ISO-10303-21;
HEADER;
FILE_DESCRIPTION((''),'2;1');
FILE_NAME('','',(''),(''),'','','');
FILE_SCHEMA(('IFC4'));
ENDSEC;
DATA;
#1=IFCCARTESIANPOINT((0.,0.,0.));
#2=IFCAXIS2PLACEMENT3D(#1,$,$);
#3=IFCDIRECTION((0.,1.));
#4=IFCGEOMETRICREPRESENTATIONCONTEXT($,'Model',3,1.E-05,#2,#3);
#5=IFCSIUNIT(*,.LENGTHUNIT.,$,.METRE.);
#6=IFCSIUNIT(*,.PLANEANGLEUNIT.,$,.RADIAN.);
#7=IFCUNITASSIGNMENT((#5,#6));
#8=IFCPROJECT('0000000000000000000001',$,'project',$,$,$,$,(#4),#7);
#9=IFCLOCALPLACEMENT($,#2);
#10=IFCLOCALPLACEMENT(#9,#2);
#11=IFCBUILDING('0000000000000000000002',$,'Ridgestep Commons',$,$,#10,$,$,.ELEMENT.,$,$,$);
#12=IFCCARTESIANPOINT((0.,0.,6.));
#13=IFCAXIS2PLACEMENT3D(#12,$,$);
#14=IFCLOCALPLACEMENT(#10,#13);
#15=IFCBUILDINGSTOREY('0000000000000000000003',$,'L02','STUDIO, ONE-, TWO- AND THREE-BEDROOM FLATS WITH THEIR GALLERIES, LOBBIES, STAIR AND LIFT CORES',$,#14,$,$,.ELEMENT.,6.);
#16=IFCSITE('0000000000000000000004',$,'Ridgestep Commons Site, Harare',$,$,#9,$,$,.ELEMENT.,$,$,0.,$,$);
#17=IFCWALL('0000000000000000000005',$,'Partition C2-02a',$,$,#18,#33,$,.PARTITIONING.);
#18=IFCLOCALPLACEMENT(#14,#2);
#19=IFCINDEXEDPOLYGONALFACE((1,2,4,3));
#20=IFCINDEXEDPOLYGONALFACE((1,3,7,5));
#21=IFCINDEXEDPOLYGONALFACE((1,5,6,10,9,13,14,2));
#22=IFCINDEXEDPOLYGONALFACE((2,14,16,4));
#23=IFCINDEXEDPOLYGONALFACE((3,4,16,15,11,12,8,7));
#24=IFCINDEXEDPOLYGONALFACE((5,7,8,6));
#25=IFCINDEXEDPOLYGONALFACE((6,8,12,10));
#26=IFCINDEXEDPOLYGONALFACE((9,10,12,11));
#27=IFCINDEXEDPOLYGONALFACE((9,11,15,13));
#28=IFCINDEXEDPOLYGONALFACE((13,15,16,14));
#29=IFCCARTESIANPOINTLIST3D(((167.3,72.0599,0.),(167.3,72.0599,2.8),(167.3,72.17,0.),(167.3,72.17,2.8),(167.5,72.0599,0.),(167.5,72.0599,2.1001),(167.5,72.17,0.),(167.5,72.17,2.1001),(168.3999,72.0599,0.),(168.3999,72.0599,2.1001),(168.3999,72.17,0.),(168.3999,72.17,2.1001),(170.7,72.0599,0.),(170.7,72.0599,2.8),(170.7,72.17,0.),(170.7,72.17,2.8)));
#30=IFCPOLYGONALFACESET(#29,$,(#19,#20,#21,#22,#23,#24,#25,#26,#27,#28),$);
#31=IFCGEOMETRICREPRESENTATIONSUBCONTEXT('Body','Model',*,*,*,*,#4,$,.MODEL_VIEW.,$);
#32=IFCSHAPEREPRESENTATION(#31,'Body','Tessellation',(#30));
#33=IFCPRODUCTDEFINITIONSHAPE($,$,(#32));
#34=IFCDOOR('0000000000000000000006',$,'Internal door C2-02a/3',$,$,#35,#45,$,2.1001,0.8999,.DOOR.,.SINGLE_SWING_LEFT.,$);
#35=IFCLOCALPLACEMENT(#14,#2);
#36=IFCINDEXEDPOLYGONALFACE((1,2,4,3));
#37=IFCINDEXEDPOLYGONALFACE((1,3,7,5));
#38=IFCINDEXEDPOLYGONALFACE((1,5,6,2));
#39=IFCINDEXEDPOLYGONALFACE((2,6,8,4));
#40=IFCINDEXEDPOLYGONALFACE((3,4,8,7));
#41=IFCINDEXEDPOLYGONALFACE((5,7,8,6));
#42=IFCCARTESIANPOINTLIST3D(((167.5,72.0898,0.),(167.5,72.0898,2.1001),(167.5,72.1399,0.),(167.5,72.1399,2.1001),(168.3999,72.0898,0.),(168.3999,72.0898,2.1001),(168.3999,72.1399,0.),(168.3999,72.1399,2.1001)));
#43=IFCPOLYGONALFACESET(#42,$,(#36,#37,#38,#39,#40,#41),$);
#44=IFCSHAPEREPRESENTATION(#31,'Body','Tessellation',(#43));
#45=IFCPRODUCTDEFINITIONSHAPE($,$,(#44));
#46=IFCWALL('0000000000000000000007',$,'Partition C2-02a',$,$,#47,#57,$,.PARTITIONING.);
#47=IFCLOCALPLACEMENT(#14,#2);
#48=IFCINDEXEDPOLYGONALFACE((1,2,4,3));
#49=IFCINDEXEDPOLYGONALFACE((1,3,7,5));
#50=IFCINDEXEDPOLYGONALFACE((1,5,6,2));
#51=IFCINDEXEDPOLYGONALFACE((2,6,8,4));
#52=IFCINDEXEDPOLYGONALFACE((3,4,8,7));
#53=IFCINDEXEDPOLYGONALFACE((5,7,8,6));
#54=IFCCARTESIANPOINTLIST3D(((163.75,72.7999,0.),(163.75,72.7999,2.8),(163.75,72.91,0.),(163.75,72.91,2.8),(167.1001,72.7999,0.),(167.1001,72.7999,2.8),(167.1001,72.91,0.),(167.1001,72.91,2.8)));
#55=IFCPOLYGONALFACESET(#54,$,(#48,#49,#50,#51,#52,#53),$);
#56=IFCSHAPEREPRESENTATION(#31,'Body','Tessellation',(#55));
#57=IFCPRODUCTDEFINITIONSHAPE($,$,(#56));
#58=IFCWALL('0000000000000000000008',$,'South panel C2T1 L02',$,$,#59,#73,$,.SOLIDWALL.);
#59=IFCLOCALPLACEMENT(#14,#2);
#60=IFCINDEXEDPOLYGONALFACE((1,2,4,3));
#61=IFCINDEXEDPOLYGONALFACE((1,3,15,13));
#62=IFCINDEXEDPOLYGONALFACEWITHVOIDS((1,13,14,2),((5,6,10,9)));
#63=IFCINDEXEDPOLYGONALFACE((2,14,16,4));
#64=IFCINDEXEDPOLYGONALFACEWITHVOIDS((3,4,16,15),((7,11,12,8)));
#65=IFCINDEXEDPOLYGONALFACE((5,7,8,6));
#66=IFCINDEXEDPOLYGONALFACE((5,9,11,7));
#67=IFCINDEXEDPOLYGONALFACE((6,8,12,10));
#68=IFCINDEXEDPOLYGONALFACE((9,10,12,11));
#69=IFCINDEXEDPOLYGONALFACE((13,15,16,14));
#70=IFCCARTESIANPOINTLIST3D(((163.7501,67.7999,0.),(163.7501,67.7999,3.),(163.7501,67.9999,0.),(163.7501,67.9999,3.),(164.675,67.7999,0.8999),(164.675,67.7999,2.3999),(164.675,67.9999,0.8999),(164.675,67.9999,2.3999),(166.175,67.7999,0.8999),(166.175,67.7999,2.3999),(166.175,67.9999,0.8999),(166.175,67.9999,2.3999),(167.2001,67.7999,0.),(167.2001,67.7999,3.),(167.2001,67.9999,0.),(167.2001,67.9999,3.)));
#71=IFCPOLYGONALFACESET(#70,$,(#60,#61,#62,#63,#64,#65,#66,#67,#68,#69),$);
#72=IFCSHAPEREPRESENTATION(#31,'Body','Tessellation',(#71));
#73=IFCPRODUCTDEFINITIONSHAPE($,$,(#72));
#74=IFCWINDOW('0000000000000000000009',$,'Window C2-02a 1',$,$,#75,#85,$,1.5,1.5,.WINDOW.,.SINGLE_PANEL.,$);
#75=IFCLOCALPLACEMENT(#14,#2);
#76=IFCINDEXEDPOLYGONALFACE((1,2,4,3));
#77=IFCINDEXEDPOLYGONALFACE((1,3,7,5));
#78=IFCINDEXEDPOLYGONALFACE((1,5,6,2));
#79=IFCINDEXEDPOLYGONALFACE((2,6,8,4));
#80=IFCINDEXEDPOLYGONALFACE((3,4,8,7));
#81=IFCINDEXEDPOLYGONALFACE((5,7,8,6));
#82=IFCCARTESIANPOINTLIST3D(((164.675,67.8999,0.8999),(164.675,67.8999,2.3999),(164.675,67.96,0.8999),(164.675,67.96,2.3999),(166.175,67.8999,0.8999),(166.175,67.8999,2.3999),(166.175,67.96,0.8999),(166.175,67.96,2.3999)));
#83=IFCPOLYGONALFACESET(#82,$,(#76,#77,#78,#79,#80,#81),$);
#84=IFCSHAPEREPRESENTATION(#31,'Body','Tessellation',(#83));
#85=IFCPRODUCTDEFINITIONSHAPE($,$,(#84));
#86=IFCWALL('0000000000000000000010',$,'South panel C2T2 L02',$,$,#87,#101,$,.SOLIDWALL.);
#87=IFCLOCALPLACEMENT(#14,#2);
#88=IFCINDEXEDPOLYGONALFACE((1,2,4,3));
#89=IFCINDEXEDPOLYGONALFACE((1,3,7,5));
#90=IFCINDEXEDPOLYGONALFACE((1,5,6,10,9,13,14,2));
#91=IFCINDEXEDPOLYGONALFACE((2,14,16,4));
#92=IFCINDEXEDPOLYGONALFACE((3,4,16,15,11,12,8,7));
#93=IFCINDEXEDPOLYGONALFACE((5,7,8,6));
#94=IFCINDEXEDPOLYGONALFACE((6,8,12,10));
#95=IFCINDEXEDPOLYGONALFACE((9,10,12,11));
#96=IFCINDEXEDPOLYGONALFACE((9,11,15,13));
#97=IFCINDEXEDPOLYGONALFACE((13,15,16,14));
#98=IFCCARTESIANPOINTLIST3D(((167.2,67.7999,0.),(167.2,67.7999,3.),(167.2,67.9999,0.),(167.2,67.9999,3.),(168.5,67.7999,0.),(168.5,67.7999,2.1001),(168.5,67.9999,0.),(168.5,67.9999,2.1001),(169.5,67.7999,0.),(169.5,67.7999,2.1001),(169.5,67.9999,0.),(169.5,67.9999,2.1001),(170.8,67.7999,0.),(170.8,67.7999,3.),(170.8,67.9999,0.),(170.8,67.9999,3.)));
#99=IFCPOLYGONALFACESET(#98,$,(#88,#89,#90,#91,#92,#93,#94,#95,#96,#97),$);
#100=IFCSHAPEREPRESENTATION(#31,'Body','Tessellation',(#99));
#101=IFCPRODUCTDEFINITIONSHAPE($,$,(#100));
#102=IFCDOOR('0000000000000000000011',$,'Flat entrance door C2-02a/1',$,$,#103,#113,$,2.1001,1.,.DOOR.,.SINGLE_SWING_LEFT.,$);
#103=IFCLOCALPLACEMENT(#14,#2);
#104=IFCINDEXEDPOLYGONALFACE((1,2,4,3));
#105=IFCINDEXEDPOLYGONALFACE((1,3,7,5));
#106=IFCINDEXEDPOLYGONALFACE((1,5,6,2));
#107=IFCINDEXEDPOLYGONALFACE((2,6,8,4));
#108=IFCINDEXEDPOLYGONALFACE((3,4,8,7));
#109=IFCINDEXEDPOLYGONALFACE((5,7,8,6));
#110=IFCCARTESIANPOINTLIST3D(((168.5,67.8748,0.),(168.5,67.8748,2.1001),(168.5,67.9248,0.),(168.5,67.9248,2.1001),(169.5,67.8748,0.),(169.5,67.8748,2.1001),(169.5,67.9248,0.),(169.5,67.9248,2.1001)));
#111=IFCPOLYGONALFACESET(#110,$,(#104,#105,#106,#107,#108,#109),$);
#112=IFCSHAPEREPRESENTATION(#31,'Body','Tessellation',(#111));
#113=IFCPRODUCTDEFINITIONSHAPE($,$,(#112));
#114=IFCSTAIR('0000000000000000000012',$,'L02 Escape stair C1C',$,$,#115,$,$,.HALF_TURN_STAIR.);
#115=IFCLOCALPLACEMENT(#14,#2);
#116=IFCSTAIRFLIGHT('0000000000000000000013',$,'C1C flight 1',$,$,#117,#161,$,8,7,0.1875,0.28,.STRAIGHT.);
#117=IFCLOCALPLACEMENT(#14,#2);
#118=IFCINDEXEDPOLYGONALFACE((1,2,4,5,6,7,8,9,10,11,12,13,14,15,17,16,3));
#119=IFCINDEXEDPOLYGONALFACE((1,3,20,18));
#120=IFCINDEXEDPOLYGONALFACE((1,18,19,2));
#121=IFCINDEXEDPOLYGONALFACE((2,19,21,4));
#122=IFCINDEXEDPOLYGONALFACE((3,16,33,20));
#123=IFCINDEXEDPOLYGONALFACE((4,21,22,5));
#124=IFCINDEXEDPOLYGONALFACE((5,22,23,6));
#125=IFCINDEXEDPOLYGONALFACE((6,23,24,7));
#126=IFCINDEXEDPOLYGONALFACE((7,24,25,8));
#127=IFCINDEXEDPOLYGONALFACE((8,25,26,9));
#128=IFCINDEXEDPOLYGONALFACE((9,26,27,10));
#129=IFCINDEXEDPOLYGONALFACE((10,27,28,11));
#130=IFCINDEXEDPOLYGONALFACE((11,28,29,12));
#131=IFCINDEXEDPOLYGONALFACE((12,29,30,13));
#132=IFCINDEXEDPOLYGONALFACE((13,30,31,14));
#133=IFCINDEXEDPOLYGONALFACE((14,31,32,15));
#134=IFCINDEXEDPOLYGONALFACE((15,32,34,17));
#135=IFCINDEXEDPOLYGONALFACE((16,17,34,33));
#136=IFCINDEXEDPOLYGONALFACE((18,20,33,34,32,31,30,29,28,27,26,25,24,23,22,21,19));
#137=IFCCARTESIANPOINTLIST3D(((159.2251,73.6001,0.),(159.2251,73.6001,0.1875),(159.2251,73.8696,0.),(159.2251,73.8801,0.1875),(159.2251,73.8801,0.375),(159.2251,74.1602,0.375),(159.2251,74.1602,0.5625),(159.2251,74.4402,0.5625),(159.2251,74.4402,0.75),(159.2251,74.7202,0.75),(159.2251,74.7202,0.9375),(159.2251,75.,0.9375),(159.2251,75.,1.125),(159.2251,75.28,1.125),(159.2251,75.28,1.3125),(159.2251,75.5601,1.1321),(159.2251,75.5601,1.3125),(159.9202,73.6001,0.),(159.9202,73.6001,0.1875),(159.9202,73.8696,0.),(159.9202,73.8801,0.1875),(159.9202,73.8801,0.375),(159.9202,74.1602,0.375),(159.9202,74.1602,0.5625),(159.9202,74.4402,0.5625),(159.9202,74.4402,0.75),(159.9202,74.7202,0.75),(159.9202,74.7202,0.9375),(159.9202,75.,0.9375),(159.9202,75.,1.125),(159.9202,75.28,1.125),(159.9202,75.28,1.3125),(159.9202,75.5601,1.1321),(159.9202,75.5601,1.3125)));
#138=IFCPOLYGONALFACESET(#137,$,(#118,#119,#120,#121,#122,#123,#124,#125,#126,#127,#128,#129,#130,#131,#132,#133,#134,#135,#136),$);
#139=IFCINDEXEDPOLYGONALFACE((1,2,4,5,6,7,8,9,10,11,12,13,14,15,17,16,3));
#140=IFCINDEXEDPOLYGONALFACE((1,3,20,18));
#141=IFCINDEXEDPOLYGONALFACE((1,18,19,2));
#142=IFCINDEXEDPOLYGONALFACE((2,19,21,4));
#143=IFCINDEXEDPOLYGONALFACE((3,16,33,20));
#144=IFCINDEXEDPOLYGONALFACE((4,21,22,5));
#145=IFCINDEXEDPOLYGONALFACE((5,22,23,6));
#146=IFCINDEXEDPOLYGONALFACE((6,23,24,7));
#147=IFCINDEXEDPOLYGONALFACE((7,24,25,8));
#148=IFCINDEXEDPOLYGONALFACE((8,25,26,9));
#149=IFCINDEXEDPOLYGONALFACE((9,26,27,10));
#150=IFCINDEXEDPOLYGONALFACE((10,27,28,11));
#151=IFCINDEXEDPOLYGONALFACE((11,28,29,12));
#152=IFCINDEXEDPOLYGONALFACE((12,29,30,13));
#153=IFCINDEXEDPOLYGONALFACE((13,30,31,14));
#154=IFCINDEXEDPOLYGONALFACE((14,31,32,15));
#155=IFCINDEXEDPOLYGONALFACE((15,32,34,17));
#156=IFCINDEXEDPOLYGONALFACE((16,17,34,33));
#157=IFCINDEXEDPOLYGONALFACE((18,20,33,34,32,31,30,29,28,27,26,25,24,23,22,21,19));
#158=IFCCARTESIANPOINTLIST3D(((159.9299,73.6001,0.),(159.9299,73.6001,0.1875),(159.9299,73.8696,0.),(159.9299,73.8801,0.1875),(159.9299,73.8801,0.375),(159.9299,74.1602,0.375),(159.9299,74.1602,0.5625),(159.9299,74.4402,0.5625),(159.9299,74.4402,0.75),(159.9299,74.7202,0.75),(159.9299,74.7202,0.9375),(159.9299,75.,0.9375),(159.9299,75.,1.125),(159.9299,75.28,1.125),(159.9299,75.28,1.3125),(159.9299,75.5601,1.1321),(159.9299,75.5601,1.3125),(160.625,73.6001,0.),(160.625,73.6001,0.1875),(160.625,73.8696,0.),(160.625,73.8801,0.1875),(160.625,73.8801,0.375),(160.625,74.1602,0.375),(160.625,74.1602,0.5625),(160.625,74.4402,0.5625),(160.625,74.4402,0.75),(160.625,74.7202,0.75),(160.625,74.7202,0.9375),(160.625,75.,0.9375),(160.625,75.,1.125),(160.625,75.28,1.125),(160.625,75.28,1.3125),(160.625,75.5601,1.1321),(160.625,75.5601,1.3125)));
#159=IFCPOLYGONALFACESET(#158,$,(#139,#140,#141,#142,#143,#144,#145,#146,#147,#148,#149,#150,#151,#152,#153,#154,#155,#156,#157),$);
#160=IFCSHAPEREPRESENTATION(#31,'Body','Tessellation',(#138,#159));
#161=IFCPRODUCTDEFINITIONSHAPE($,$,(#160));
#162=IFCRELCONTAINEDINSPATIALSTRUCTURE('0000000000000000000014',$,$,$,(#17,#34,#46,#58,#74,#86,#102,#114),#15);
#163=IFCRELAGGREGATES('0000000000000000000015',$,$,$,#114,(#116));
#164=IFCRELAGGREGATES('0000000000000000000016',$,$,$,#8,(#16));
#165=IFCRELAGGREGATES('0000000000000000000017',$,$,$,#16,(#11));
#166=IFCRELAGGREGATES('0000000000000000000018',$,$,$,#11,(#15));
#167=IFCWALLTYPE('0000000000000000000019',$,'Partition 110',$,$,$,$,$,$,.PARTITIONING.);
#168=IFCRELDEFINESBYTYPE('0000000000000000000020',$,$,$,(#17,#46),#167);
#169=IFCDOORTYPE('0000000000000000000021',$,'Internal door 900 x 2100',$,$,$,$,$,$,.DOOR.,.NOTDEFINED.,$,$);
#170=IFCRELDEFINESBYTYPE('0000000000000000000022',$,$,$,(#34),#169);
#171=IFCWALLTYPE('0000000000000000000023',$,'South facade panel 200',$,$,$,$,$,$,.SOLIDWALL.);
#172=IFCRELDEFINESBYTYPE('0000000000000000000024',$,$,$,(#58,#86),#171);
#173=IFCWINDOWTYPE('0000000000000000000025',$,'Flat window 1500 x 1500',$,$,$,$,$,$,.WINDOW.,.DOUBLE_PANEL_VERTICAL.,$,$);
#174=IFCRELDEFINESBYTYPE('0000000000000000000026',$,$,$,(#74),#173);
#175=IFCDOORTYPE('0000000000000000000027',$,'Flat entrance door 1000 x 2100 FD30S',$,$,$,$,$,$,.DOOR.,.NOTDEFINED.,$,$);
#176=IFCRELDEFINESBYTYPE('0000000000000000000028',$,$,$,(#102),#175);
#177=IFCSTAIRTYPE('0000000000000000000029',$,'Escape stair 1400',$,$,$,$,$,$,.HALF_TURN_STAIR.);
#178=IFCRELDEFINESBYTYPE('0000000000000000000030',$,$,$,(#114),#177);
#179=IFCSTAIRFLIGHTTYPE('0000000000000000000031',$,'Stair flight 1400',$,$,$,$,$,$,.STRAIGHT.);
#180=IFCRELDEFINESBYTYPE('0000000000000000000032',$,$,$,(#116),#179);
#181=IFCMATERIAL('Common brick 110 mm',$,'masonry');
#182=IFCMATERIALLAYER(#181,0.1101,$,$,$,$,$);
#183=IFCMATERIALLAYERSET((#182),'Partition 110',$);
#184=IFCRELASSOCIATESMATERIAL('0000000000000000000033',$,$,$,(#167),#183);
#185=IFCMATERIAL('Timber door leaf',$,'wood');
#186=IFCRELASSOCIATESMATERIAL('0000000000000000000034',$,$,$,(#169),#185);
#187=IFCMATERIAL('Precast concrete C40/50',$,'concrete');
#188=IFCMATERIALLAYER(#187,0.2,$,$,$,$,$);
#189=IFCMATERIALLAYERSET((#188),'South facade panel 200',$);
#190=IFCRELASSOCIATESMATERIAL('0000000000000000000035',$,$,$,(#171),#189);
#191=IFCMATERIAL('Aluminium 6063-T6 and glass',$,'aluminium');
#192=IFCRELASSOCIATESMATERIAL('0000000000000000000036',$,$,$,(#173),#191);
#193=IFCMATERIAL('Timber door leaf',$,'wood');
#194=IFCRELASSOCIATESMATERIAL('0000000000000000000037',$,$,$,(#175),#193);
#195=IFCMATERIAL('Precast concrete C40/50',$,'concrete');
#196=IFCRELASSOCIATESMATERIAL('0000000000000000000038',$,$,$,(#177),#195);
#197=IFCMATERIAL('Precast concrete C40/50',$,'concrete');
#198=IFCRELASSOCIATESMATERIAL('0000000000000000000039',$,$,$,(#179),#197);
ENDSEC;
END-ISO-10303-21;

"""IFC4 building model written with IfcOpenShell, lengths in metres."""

from ifc_helpers import new_model, si_unit, direction, frame, frame_2d, origin, place, context, subcontext, project, spatial, polyline, rectangle, outline, extrude, material, layer, layer_set, type_object, element, fill, aggregate, save


model = new_model("IFC4")

# Units and contexts
model_context = context("Model", 3, precision=1e-05, world=origin(), true_north=direction((0.0, 1.0)))
body_context = subcontext(model_context, "Body", "Model", "MODEL_VIEW")
ifc_project = project(units=[si_unit("LENGTHUNIT", "METRE"), si_unit("PLANEANGLEUNIT", "RADIAN")], contexts=[model_context])

# Site, building, storey
site_placement = place(None, origin())
site = spatial("IfcSite", under=ifc_project, at=site_placement, Name="Ridgestep Commons Site, Harare", CompositionType="ELEMENT", RefElevation=0.0)
building_placement = place(site_placement, origin())
building = spatial("IfcBuilding", under=site, at=building_placement, Name="Ridgestep Commons", CompositionType="ELEMENT")
storey_placement = place(building_placement, frame((0.0, 0.0, 6.0)))
storey = spatial("IfcBuildingStorey", under=building, at=storey_placement, Name="L02", Description="STUDIO, ONE-, TWO- AND THREE-BEDROOM FLATS WITH THEIR GALLERIES, LOBBIES, STAIR AND LIFT CORES", CompositionType="ELEMENT", Elevation=6.0)

# Wall, opening, door
ifc_material_1 = material(Name="Common brick 110 mm", Category="masonry")
ifc_layer_1 = layer(ifc_material_1, 0.1101)
ifc_layer_set_1 = layer_set([ifc_layer_1], Name="Partition 110")
wall_type_1 = type_object("IfcWallType", Name="Partition 110", PredefinedType="PARTITIONING", material=ifc_layer_set_1)
wall_1_placement = place(storey_placement, frame((167.3, 72.115, 0.0), z_axis=(0.0, 0.0, 1.0), x_axis=(1.0, 0.0, 0.0)))
wall_1 = element("IfcWall", 1, at=wall_1_placement, inside=storey, type_object=wall_type_1, Name="Partition C2-02a", PredefinedType="PARTITIONING", context=body_context, shape_type="SweptSolid", body=[
    extrude(rectangle(XDim=3.3999, YDim=0.1101, at=frame_2d((1.7, 0.0))), origin(), (0.0, 0.0, 1.0), 2.8),
])
opening_1_placement = place(wall_1_placement, frame((0.2, 0.0, 0.0)))
opening_1 = element("IfcOpeningElement", 2, at=opening_1_placement, cuts=wall_1, PredefinedType="OPENING", context=body_context, shape_type="SweptSolid", body=[
    extrude(rectangle(XDim=0.8999, YDim=2.1001, at=frame_2d((0.45, 1.05))), frame((0.0, 0.0649, 0.0), z_axis=(0.0, -1.0, 0.0), x_axis=(1.0, 0.0, 0.0)), (0.0, 0.0, 1.0), 0.1301),
])
ifc_material_2 = material(Name="Timber door leaf", Category="wood")
door_type_1 = type_object("IfcDoorType", Name="Internal door 900 x 2100", OperationType="NOTDEFINED", PredefinedType="DOOR", material=ifc_material_2)
door_1_placement = place(opening_1_placement, origin())
door_1 = element("IfcDoor", 3, at=door_1_placement, inside=storey, type_object=door_type_1, Name="Internal door C2-02a/3", OperationType="SINGLE_SWING_LEFT", OverallHeight=2.1001, OverallWidth=0.8999, PredefinedType="DOOR", context=body_context, shape_type="SweptSolid", body=[
    extrude(rectangle(XDim=0.8999, YDim=2.1001, at=frame_2d((0.45, 1.05))), frame((0.0, 0.0249, 0.0), z_axis=(0.0, -1.0, 0.0), x_axis=(1.0, 0.0, 0.0)), (0.0, 0.0, 1.0), 0.05),
])
fill(opening_1, door_1)

# Wall
wall_2_placement = place(storey_placement, frame((163.75, 72.855, 0.0), z_axis=(0.0, 0.0, 1.0), x_axis=(1.0, 0.0, 0.0)))
element("IfcWall", 4, at=wall_2_placement, inside=storey, type_object=wall_type_1, Name="Partition C2-02a", PredefinedType="PARTITIONING", context=body_context, shape_type="SweptSolid", body=[
    extrude(rectangle(XDim=3.3501, YDim=0.1101, at=frame_2d((1.675, 0.0))), origin(), (0.0, 0.0, 1.0), 2.8),
])

# Wall, opening, window
ifc_material_3 = material(Name="Precast concrete C40/50", Category="concrete")
ifc_layer_2 = layer(ifc_material_3, 0.2)
ifc_layer_set_2 = layer_set([ifc_layer_2], Name="South facade panel 200")
wall_type_2 = type_object("IfcWallType", Name="South facade panel 200", PredefinedType="SOLIDWALL", material=ifc_layer_set_2)
wall_3_placement = place(storey_placement, frame((163.75, 67.8999, 0.0), z_axis=(0.0, 0.0, 1.0), x_axis=(1.0, 0.0, 0.0)))
wall_3 = element("IfcWall", 5, at=wall_3_placement, inside=storey, type_object=wall_type_2, Name="South panel C2T1 L02", PredefinedType="SOLIDWALL", context=body_context, shape_type="SweptSolid", body=[
    extrude(rectangle(XDim=3.45, YDim=0.2, at=frame_2d((1.7251, 0.0))), origin(), (0.0, 0.0, 1.0), 3.0),
])
opening_2_placement = place(wall_3_placement, frame((0.925, 0.0, 0.8999)))
opening_2 = element("IfcOpeningElement", 6, at=opening_2_placement, cuts=wall_3, PredefinedType="OPENING", context=body_context, shape_type="SweptSolid", body=[
    extrude(rectangle(XDim=1.5, YDim=1.5, at=frame_2d((0.75, 0.75))), frame((0.0, 0.1099, 0.0), z_axis=(0.0, -1.0, 0.0), x_axis=(1.0, 0.0, 0.0)), (0.0, 0.0, 1.0), 0.22),
])
ifc_material_4 = material(Name="Aluminium 6063-T6 and glass", Category="aluminium")
window_type = type_object("IfcWindowType", Name="Flat window 1500 x 1500", PartitioningType="DOUBLE_PANEL_VERTICAL", PredefinedType="WINDOW", material=ifc_material_4)
window_placement = place(opening_2_placement, origin())
window = element("IfcWindow", 7, at=window_placement, inside=storey, type_object=window_type, Name="Window C2-02a 1", OverallHeight=1.5, OverallWidth=1.5, PartitioningType="SINGLE_PANEL", PredefinedType="WINDOW", context=body_context, shape_type="SweptSolid", body=[
    extrude(rectangle(XDim=1.5, YDim=1.5, at=frame_2d((0.75, 0.75))), frame((0.0, 0.0601, 0.0), z_axis=(0.0, -1.0, 0.0), x_axis=(1.0, 0.0, 0.0)), (0.0, 0.0, 1.0), 0.0601),
])
fill(opening_2, window)

# Wall, opening, door
wall_4_placement = place(storey_placement, frame((167.2, 67.8999, 0.0), z_axis=(0.0, 0.0, 1.0), x_axis=(1.0, 0.0, 0.0)))
wall_4 = element("IfcWall", 8, at=wall_4_placement, inside=storey, type_object=wall_type_2, Name="South panel C2T2 L02", PredefinedType="SOLIDWALL", context=body_context, shape_type="SweptSolid", body=[
    extrude(rectangle(XDim=3.6001, YDim=0.2, at=frame_2d((1.8, 0.0))), origin(), (0.0, 0.0, 1.0), 3.0),
])
opening_3_placement = place(wall_4_placement, frame((1.3, 0.0, 0.0)))
opening_3 = element("IfcOpeningElement", 9, at=opening_3_placement, cuts=wall_4, PredefinedType="OPENING", context=body_context, shape_type="SweptSolid", body=[
    extrude(rectangle(XDim=1.0, YDim=2.1001, at=frame_2d((0.5, 1.05))), frame((0.0, 0.1099, 0.0), z_axis=(0.0, -1.0, 0.0), x_axis=(1.0, 0.0, 0.0)), (0.0, 0.0, 1.0), 0.22),
])
ifc_material_5 = material(Name="Timber door leaf", Category="wood")
door_type_2 = type_object("IfcDoorType", Name="Flat entrance door 1000 x 2100 FD30S", OperationType="NOTDEFINED", PredefinedType="DOOR", material=ifc_material_5)
door_2_placement = place(opening_3_placement, origin())
door_2 = element("IfcDoor", 10, at=door_2_placement, inside=storey, type_object=door_type_2, Name="Flat entrance door C2-02a/1", OperationType="SINGLE_SWING_LEFT", OverallHeight=2.1001, OverallWidth=1.0, PredefinedType="DOOR", context=body_context, shape_type="SweptSolid", body=[
    extrude(rectangle(XDim=1.0, YDim=2.1001, at=frame_2d((0.5, 1.05))), frame((0.0, 0.0249, 0.0), z_axis=(0.0, -1.0, 0.0), x_axis=(1.0, 0.0, 0.0)), (0.0, 0.0, 1.0), 0.05),
])
fill(opening_3, door_2)

# Stair, stair flight
ifc_material_6 = material(Name="Precast concrete C40/50", Category="concrete")
stair_type = type_object("IfcStairType", Name="Escape stair 1400", PredefinedType="HALF_TURN_STAIR", material=ifc_material_6)
stair_placement = place(storey_placement, origin())
stair = element("IfcStair", 11, at=stair_placement, inside=storey, type_object=stair_type, Name="L02 Escape stair C1C", PredefinedType="HALF_TURN_STAIR")
ifc_material_7 = material(Name="Precast concrete C40/50", Category="concrete")
stair_flight_type = type_object("IfcStairFlightType", Name="Stair flight 1400", PredefinedType="STRAIGHT", material=ifc_material_7)
stair_flight_placement = place(storey_placement, frame((159.925, 73.6001, 0.0), z_axis=(0.0, 0.0, 1.0), x_axis=(0.0, 1.0, 0.0)))
stair_flight = element("IfcStairFlight", 12, at=stair_flight_placement, type_object=stair_flight_type, Name="C1C flight 1", NumberOfRisers=8, NumberOfTreads=7, PredefinedType="STRAIGHT", RiserHeight=0.1875, TreadLength=0.28, context=body_context, shape_type="SweptSolid", body=[
    extrude(outline(polyline([(0.0, 0.0), (0.0, 0.1875), (0.28, 0.1875), (0.28, 0.375), (0.5601, 0.375), (0.5601, 0.5625), (0.8401, 0.5625), (0.8401, 0.75), (1.1201, 0.75), (1.1201, 0.9375), (1.3999, 0.9375), (1.3999, 1.125), (1.6799, 1.125), (1.6799, 1.3125), (1.96, 1.3125), (1.96, 1.5), (1.96, 1.1321), (0.2695, 0.0), (0.0, 0.0)])), frame((0.0, 0.7, 0.0), z_axis=(0.0, -1.0, 0.0), x_axis=(1.0, 0.0, 0.0)), (0.0, 0.0, 1.0), 0.6951),
    extrude(outline(polyline([(0.0, 0.0), (0.0, 0.1875), (0.28, 0.1875), (0.28, 0.375), (0.5601, 0.375), (0.5601, 0.5625), (0.8401, 0.5625), (0.8401, 0.75), (1.1201, 0.75), (1.1201, 0.9375), (1.3999, 0.9375), (1.3999, 1.125), (1.6799, 1.125), (1.6799, 1.3125), (1.96, 1.3125), (1.96, 1.5), (1.96, 1.1321), (0.2695, 0.0), (0.0, 0.0)])), frame((0.0, -0.0049, 0.0), z_axis=(0.0, -1.0, 0.0), x_axis=(1.0, 0.0, 0.0)), (0.0, 0.0, 1.0), 0.6951),
])
aggregate(stair, [stair_flight])

save(model, "model.ifc")
